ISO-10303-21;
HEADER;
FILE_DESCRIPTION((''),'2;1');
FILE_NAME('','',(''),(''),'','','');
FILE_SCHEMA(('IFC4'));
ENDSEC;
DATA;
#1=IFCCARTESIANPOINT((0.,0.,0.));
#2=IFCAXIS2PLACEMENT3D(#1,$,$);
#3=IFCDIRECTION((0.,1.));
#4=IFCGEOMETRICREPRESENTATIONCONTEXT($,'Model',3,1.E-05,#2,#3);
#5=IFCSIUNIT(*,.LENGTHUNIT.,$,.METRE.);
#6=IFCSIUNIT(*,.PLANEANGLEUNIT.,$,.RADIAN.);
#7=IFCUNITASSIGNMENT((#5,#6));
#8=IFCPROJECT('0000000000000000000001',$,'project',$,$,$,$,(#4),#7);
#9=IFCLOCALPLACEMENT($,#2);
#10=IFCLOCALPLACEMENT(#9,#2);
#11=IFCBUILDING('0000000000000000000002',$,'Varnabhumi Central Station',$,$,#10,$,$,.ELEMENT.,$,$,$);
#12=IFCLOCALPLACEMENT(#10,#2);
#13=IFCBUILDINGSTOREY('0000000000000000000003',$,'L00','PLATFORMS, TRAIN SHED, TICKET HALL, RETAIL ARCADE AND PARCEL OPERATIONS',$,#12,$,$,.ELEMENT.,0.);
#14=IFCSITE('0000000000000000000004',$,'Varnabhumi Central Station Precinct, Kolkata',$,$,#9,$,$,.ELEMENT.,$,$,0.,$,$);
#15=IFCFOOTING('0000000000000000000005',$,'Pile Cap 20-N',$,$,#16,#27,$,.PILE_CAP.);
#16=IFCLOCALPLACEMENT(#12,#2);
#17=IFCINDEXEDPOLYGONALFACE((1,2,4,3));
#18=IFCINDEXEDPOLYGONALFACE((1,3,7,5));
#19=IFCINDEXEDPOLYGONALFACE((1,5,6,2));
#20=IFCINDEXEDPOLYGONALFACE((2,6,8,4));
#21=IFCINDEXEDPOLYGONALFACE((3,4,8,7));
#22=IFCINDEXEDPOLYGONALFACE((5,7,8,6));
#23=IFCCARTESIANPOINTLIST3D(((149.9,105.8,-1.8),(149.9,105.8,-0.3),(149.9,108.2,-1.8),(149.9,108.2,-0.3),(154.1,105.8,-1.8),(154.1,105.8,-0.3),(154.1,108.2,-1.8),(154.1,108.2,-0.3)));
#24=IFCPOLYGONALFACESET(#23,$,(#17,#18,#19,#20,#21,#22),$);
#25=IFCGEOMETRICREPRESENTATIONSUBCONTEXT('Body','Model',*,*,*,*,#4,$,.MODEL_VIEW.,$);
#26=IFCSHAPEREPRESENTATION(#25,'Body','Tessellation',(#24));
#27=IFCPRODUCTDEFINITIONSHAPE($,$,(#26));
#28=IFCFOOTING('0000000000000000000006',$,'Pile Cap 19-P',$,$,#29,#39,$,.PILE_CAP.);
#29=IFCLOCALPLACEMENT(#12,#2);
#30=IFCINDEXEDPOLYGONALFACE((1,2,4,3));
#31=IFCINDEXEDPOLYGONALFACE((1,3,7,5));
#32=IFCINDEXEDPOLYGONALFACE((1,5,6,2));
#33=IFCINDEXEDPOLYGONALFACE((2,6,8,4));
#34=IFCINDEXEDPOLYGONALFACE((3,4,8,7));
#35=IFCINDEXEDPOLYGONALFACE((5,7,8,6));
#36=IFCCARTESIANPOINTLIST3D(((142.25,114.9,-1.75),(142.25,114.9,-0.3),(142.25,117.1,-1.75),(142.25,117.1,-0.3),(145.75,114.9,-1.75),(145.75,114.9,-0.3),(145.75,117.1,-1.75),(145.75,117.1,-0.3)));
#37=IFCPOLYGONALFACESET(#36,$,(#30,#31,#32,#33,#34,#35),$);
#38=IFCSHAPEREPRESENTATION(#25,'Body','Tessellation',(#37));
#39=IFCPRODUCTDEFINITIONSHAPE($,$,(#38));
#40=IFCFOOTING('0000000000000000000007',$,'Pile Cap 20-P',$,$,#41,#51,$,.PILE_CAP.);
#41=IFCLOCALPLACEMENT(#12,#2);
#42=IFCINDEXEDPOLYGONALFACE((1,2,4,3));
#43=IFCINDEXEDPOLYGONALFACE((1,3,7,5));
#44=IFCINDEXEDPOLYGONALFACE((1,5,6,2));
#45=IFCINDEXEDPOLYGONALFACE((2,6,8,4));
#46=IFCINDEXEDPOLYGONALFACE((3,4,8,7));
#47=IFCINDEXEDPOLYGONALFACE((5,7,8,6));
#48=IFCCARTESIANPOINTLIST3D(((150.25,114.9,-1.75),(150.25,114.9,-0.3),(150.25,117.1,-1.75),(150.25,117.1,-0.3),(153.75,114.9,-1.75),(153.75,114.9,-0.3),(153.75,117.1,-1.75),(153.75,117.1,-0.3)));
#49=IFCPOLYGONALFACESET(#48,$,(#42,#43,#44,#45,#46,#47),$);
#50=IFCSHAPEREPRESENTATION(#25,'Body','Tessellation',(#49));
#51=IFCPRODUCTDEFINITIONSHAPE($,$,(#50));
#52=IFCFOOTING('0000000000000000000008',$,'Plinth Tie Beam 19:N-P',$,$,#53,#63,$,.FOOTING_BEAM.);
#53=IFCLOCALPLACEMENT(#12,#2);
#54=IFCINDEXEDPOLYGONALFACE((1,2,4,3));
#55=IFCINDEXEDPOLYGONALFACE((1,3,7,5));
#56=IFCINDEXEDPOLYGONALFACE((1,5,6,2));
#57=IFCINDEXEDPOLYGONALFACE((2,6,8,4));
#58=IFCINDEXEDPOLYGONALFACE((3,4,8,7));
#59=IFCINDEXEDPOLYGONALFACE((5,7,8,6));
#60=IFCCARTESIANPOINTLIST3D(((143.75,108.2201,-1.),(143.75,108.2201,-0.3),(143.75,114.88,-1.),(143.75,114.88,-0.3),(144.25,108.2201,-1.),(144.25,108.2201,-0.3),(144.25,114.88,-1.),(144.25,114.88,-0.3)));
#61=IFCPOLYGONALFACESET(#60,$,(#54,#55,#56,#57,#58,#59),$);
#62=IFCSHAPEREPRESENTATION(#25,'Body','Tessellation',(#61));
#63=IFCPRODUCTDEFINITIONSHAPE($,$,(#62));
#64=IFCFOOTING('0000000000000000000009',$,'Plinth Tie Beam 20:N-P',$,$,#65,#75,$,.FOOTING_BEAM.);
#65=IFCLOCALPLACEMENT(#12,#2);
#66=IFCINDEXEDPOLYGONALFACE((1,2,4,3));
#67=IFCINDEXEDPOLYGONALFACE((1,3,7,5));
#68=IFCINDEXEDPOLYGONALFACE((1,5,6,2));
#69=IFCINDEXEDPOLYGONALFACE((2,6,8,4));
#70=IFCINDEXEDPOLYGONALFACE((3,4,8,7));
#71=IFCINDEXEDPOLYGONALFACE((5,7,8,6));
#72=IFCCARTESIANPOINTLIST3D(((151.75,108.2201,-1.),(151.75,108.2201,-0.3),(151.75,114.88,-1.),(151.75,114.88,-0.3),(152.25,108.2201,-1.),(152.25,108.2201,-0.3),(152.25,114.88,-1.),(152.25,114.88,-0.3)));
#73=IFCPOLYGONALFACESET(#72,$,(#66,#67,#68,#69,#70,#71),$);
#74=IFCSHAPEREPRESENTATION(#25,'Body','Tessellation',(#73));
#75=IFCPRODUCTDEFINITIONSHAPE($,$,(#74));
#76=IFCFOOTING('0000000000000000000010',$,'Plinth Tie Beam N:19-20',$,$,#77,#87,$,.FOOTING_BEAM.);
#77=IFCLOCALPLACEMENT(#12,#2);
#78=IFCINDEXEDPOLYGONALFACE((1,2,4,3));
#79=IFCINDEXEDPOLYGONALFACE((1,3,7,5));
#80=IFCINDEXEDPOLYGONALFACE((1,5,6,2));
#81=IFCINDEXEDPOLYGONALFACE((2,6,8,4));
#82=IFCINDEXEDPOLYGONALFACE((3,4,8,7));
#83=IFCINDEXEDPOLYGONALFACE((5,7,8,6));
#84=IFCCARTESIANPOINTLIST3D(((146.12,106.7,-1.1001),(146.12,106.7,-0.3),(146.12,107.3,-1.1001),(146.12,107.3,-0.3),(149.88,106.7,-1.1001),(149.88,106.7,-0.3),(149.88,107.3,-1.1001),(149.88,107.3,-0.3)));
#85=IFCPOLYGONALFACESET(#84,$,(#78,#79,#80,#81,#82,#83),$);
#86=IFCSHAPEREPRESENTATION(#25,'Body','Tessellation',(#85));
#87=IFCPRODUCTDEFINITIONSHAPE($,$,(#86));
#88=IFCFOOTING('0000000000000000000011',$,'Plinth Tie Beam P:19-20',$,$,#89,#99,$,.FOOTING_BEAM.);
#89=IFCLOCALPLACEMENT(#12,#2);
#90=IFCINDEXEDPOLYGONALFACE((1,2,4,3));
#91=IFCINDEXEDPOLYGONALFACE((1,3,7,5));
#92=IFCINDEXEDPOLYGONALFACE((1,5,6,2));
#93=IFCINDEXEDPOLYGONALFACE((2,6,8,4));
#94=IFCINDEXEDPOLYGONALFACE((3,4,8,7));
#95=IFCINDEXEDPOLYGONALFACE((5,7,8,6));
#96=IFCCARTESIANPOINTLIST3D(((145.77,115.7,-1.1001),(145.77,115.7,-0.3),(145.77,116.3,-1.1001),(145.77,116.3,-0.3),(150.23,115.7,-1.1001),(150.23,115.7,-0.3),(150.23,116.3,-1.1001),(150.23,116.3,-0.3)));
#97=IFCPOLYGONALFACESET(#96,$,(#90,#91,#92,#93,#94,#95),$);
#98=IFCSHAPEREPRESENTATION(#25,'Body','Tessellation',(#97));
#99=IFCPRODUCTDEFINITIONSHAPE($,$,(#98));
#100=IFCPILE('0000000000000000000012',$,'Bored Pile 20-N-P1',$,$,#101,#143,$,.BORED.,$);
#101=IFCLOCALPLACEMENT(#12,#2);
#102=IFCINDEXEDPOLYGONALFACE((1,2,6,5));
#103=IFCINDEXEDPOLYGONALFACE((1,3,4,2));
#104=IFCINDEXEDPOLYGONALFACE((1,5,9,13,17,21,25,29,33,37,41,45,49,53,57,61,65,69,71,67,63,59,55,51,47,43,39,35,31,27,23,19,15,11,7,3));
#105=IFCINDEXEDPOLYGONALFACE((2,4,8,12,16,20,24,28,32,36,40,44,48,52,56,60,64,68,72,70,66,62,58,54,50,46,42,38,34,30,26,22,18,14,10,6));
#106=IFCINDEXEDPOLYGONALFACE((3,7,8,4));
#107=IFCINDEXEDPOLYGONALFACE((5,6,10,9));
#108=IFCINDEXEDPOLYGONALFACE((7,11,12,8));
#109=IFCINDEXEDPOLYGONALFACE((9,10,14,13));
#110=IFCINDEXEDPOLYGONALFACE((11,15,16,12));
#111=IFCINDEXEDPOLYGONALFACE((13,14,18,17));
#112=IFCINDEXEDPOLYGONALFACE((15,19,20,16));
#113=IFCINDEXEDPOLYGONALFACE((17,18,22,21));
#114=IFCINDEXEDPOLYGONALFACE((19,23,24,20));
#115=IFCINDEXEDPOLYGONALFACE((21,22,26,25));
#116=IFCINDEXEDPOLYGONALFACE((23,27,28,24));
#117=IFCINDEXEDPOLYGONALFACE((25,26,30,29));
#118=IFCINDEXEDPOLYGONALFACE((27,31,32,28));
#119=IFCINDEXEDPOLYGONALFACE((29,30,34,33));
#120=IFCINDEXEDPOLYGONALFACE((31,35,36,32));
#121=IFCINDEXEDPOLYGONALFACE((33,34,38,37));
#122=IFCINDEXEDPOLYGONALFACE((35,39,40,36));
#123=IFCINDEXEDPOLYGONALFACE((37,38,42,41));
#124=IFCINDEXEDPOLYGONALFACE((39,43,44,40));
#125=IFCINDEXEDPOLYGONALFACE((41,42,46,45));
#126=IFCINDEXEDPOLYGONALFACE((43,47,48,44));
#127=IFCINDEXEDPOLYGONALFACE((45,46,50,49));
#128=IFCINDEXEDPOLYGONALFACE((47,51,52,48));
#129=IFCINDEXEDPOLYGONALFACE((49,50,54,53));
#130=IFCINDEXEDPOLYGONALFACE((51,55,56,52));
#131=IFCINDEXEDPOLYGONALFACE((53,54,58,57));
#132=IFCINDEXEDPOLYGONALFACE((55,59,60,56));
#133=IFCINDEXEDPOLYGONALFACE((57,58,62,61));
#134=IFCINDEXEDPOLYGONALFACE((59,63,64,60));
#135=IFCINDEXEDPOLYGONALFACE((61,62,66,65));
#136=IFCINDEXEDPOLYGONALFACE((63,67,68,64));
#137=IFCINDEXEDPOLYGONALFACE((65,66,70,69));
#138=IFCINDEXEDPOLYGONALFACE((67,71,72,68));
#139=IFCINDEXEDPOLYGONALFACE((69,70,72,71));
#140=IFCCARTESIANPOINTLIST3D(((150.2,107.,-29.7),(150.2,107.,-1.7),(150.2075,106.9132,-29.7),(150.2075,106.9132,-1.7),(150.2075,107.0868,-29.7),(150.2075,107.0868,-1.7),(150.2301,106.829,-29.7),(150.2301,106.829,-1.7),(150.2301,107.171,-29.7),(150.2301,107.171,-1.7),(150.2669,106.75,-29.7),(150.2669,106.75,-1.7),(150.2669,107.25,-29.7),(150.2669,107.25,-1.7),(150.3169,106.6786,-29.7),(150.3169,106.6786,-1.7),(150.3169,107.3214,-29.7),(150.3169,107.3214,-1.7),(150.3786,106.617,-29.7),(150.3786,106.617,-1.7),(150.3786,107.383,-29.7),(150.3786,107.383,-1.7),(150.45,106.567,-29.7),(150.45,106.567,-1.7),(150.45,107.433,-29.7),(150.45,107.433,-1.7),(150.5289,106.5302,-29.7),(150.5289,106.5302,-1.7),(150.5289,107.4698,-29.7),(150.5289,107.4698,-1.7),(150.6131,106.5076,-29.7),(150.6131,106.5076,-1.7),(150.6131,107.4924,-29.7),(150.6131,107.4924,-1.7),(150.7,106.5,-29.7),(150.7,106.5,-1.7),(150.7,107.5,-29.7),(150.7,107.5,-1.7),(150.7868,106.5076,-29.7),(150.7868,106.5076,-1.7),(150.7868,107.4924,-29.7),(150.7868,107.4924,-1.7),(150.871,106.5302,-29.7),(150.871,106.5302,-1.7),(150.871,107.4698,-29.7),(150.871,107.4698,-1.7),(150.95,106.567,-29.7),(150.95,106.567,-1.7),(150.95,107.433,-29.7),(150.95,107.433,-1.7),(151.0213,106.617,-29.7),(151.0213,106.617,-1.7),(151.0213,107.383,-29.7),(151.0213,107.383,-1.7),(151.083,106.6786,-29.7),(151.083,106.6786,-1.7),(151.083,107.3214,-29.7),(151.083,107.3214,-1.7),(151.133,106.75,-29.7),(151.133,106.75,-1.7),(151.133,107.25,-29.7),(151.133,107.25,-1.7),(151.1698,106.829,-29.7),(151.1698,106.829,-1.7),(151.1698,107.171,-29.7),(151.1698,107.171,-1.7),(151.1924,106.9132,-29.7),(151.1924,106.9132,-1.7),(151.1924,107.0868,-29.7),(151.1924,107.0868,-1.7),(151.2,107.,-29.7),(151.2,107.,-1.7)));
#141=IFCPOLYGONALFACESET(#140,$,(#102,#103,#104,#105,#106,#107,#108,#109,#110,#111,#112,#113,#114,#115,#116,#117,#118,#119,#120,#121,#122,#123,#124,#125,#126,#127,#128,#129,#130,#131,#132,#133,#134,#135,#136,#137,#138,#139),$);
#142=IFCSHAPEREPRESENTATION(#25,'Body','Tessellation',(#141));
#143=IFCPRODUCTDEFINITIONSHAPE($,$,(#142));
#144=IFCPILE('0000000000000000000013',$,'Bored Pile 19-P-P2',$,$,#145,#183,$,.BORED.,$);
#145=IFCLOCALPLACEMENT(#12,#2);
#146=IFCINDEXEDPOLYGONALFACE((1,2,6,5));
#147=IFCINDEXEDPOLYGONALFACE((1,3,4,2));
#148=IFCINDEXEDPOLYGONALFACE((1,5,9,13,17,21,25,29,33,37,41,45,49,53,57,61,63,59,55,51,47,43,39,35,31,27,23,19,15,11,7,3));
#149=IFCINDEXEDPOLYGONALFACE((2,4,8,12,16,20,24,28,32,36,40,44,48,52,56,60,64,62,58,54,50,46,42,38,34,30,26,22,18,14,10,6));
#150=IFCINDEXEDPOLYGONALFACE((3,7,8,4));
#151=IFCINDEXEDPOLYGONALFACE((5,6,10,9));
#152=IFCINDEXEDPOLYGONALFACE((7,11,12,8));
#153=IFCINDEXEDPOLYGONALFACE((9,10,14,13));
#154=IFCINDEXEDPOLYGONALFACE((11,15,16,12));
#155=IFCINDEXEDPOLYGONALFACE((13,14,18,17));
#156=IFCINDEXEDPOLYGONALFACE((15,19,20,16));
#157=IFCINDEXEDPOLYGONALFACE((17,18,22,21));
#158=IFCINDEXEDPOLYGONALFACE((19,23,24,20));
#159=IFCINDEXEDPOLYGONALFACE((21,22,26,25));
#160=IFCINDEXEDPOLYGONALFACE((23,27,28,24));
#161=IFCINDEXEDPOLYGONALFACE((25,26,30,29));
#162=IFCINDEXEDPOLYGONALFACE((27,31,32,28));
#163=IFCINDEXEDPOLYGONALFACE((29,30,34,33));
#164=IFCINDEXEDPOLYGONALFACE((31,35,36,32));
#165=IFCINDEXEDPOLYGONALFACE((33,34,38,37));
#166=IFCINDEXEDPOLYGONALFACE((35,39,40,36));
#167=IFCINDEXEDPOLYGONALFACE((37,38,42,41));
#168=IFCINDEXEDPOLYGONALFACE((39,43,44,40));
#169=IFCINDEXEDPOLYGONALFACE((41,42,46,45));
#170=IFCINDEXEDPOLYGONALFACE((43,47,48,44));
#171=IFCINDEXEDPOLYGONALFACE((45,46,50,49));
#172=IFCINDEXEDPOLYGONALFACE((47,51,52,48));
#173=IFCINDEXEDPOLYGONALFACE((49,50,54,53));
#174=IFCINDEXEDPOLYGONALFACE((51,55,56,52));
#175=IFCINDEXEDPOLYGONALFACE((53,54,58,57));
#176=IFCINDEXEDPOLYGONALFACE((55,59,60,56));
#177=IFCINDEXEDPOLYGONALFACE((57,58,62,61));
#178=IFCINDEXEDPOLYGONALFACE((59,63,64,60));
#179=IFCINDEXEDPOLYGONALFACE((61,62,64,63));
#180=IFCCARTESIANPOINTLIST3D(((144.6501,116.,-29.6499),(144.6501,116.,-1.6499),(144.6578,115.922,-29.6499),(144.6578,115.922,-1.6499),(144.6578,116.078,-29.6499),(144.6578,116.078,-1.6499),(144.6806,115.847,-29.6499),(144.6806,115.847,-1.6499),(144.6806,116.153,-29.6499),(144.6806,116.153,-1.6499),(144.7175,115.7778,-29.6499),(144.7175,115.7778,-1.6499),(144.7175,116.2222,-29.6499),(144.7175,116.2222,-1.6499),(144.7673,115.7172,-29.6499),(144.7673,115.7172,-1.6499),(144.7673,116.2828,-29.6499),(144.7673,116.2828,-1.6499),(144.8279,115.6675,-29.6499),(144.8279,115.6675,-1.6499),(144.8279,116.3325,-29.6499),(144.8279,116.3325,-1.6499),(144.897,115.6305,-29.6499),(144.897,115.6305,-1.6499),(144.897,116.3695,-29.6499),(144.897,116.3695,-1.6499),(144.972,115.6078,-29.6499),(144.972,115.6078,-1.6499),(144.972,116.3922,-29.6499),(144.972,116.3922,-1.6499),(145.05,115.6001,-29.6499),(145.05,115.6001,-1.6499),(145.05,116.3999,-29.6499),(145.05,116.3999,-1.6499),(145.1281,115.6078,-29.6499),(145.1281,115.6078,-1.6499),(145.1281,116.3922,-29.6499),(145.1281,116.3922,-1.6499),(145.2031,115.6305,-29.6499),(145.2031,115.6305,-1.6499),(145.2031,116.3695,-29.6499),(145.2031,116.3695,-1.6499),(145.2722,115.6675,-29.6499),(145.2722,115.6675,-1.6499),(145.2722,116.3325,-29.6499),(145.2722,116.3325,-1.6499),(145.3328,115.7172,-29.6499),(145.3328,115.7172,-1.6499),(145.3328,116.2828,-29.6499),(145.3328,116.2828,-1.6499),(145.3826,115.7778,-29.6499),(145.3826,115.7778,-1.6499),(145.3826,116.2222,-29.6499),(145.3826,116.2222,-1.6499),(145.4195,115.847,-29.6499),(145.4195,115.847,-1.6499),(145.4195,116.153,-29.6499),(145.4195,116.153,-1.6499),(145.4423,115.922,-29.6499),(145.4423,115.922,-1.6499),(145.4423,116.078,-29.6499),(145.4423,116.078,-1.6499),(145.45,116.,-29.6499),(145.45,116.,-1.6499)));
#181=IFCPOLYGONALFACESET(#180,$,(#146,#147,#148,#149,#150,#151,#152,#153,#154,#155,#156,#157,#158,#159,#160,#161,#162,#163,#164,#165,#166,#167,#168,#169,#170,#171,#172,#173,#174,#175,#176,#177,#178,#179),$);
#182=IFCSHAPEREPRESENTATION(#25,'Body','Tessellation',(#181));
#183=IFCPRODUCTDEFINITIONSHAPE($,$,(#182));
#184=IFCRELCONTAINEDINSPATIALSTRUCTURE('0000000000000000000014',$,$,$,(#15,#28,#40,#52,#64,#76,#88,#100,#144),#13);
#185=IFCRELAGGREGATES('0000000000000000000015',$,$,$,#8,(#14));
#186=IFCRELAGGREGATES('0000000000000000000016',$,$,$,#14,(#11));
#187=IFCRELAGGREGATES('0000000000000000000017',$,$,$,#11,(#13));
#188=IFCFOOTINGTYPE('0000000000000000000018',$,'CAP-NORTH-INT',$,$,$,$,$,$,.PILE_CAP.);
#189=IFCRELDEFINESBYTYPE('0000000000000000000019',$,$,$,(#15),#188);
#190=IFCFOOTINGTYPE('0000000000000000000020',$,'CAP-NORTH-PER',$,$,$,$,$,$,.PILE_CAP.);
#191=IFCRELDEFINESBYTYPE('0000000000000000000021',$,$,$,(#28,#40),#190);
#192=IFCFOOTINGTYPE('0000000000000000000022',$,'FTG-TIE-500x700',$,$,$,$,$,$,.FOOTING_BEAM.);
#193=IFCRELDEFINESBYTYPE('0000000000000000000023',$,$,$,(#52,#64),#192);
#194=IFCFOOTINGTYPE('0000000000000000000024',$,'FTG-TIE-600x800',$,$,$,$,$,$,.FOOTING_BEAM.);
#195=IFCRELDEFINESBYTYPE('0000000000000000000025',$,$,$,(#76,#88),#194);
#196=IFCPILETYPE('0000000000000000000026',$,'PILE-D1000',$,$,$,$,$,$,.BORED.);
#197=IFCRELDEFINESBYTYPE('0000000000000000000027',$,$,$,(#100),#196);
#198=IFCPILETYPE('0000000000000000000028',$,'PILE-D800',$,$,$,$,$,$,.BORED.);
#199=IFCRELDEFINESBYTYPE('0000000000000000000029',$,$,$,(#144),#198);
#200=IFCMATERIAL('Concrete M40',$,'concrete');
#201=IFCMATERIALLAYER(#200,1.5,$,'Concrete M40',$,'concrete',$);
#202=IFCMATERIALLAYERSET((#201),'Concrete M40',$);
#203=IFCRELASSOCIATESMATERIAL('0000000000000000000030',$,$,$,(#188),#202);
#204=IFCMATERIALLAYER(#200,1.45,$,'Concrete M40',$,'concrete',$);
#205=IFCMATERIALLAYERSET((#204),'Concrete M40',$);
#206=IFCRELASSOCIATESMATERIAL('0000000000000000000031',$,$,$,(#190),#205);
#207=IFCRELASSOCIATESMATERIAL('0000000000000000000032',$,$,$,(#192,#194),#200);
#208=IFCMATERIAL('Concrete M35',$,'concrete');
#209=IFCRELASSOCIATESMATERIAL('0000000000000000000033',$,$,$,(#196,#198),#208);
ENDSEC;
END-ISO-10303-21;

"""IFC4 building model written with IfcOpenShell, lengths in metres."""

from ifc_helpers import new_model, si_unit, direction, frame, origin, origin_2d, place, context, subcontext, project, spatial, rectangle, circle, extrude, material, layer, layer_set, material_profile, profile_set, type_object, element, save


model = new_model("IFC4")

# Units and contexts
model_context = context("Model", 3, precision=1e-05, world=origin(), true_north=direction((0.0, 1.0)))
body_context = subcontext(model_context, "Body", "Model", "MODEL_VIEW")
ifc_project = project(units=[si_unit("LENGTHUNIT", "METRE"), si_unit("PLANEANGLEUNIT", "RADIAN")], contexts=[model_context])

# Site, building, storey
site_placement = place(None, origin())
site = spatial("IfcSite", under=ifc_project, at=site_placement, Name="Varnabhumi Central Station Precinct, Kolkata", CompositionType="ELEMENT", RefElevation=0.0)
building_placement = place(site_placement, origin())
building = spatial("IfcBuilding", under=site, at=building_placement, Name="Varnabhumi Central Station", CompositionType="ELEMENT")
storey_placement = place(building_placement, origin())
storey = spatial("IfcBuildingStorey", under=building, at=storey_placement, Name="L00", Description="PLATFORMS, TRAIN SHED, TICKET HALL, RETAIL ARCADE AND PARCEL OPERATIONS", CompositionType="ELEMENT", Elevation=0.0)

# Footings
ifc_material_1 = material(Name="Concrete M40", Category="concrete")
ifc_layer_1 = layer(ifc_material_1, 1.5, Name="Concrete M40", Category="concrete")
ifc_layer_set_1 = layer_set([ifc_layer_1], Name="Concrete M40")
footing_type_1 = type_object("IfcFootingType", Name="CAP-NORTH-INT", PredefinedType="PILE_CAP", material=ifc_layer_set_1)
footing_1_placement = place(storey_placement, frame((152.0, 107.0, -1.8), z_axis=(0.0, 0.0, 1.0), x_axis=(1.0, 0.0, 0.0)))
element("IfcFooting", 1, at=footing_1_placement, inside=storey, type_object=footing_type_1, Name="Pile Cap 20-N", PredefinedType="PILE_CAP", context=body_context, shape_type="SweptSolid", body=[
    extrude(rectangle(XDim=4.2, YDim=2.3999, at=origin_2d()), origin(), (0.0, 0.0, 1.0), 1.5),
])
ifc_layer_2 = layer(ifc_material_1, 1.45, Name="Concrete M40", Category="concrete")
ifc_layer_set_2 = layer_set([ifc_layer_2], Name="Concrete M40")
footing_type_2 = type_object("IfcFootingType", Name="CAP-NORTH-PER", PredefinedType="PILE_CAP", material=ifc_layer_set_2)
for number, where, z_axis, x_axis, name in (
    (2, (144.0, 116.0, -1.75), (0.0, 0.0, 1.0), (1.0, 0.0, 0.0), "Pile Cap 19-P"),
    (3, (152.0, 116.0, -1.75), (0.0, 0.0, 1.0), (1.0, 0.0, 0.0), "Pile Cap 20-P"),
):
    element("IfcFooting", number, at=place(storey_placement, frame(where, z_axis=z_axis, x_axis=x_axis)), inside=storey, type_object=footing_type_2, Name=name, PredefinedType="PILE_CAP", context=body_context, shape_type="SweptSolid", body=[
        extrude(rectangle(XDim=3.5, YDim=2.2, at=origin_2d()), origin(), (0.0, 0.0, 1.0), 1.45),
    ])
footing_type_3 = type_object("IfcFootingType", Name="FTG-TIE-500x700", PredefinedType="FOOTING_BEAM", material=ifc_material_1)
for number, where, z_axis, x_axis, name in (
    (4, (144.0, 111.55, -1.0), (0.0, 0.0, 1.0), (1.0, 0.0, 0.0), "Plinth Tie Beam 19:N-P"),
    (5, (152.0, 111.55, -1.0), (0.0, 0.0, 1.0), (1.0, 0.0, 0.0), "Plinth Tie Beam 20:N-P"),
):
    element("IfcFooting", number, at=place(storey_placement, frame(where, z_axis=z_axis, x_axis=x_axis)), inside=storey, type_object=footing_type_3, Name=name, PredefinedType="FOOTING_BEAM", context=body_context, shape_type="SweptSolid", body=[
        extrude(rectangle(XDim=0.5, YDim=6.6599, at=origin_2d()), origin(), (0.0, 0.0, 1.0), 0.7),
    ])
footing_type_4 = type_object("IfcFootingType", Name="FTG-TIE-600x800", PredefinedType="FOOTING_BEAM", material=ifc_material_1)
footing_2_placement = place(storey_placement, frame((148.0, 107.0, -1.1001), z_axis=(0.0, 0.0, 1.0), x_axis=(1.0, 0.0, 0.0)))
element("IfcFooting", 6, at=footing_2_placement, inside=storey, type_object=footing_type_4, Name="Plinth Tie Beam N:19-20", PredefinedType="FOOTING_BEAM", context=body_context, shape_type="SweptSolid", body=[
    extrude(rectangle(XDim=3.76, YDim=0.6001, at=origin_2d()), origin(), (0.0, 0.0, 1.0), 0.8),
])
footing_3_placement = place(storey_placement, frame((148.0, 116.0, -1.1001), z_axis=(0.0, 0.0, 1.0), x_axis=(1.0, 0.0, 0.0)))
element("IfcFooting", 7, at=footing_3_placement, inside=storey, type_object=footing_type_4, Name="Plinth Tie Beam P:19-20", PredefinedType="FOOTING_BEAM", context=body_context, shape_type="SweptSolid", body=[
    extrude(rectangle(XDim=4.46, YDim=0.6001, at=origin_2d()), origin(), (0.0, 0.0, 1.0), 0.8),
])

# Piles
ifc_material_2 = material(Name="Concrete M35", Category="concrete")
ifc_material_profile_1 = material_profile(ifc_material_2, circle(Radius=0.5, at=origin_2d()), Name="Concrete M35", Category="concrete")
ifc_profile_set_1 = profile_set([ifc_material_profile_1], Name="Concrete M35")
pile_type_1 = type_object("IfcPileType", Name="PILE-D1000", PredefinedType="BORED", material=ifc_profile_set_1)
pile_placement = place(storey_placement, frame((150.7, 107.0, -1.7), z_axis=(0.0, 0.0, -1.0), x_axis=(1.0, 0.0, 0.0)))
element("IfcPile", 8, at=pile_placement, inside=storey, type_object=pile_type_1, Name="Bored Pile 20-N-P1", PredefinedType="BORED", context=body_context, shape_type="SweptSolid", body=[
    extrude(circle(Radius=0.5, at=origin_2d()), origin(), (0.0, 0.0, 1.0), 28.0),
])
ifc_material_profile_2 = material_profile(ifc_material_2, circle(Radius=0.3999, at=origin_2d()), Name="Concrete M35", Category="concrete")
ifc_profile_set_2 = profile_set([ifc_material_profile_2], Name="Concrete M35")
pile_type_2 = type_object("IfcPileType", Name="PILE-D800", PredefinedType="BORED", material=ifc_profile_set_2)
for number, where, z_axis, x_axis, name in (
    (9, (145.05, 116.0, -1.6499), (0.0, 0.0, -1.0), (1.0, 0.0, 0.0), "Bored Pile 19-P-P2"),
):
    element("IfcPile", number, at=place(storey_placement, frame(where, z_axis=z_axis, x_axis=x_axis)), inside=storey, type_object=pile_type_2, Name=name, PredefinedType="BORED", context=body_context, shape_type="SweptSolid", body=[
        extrude(circle(Radius=0.3999, at=origin_2d()), origin(), (0.0, 0.0, 1.0), 28.0),
    ])

save(model, "model.ifc")
